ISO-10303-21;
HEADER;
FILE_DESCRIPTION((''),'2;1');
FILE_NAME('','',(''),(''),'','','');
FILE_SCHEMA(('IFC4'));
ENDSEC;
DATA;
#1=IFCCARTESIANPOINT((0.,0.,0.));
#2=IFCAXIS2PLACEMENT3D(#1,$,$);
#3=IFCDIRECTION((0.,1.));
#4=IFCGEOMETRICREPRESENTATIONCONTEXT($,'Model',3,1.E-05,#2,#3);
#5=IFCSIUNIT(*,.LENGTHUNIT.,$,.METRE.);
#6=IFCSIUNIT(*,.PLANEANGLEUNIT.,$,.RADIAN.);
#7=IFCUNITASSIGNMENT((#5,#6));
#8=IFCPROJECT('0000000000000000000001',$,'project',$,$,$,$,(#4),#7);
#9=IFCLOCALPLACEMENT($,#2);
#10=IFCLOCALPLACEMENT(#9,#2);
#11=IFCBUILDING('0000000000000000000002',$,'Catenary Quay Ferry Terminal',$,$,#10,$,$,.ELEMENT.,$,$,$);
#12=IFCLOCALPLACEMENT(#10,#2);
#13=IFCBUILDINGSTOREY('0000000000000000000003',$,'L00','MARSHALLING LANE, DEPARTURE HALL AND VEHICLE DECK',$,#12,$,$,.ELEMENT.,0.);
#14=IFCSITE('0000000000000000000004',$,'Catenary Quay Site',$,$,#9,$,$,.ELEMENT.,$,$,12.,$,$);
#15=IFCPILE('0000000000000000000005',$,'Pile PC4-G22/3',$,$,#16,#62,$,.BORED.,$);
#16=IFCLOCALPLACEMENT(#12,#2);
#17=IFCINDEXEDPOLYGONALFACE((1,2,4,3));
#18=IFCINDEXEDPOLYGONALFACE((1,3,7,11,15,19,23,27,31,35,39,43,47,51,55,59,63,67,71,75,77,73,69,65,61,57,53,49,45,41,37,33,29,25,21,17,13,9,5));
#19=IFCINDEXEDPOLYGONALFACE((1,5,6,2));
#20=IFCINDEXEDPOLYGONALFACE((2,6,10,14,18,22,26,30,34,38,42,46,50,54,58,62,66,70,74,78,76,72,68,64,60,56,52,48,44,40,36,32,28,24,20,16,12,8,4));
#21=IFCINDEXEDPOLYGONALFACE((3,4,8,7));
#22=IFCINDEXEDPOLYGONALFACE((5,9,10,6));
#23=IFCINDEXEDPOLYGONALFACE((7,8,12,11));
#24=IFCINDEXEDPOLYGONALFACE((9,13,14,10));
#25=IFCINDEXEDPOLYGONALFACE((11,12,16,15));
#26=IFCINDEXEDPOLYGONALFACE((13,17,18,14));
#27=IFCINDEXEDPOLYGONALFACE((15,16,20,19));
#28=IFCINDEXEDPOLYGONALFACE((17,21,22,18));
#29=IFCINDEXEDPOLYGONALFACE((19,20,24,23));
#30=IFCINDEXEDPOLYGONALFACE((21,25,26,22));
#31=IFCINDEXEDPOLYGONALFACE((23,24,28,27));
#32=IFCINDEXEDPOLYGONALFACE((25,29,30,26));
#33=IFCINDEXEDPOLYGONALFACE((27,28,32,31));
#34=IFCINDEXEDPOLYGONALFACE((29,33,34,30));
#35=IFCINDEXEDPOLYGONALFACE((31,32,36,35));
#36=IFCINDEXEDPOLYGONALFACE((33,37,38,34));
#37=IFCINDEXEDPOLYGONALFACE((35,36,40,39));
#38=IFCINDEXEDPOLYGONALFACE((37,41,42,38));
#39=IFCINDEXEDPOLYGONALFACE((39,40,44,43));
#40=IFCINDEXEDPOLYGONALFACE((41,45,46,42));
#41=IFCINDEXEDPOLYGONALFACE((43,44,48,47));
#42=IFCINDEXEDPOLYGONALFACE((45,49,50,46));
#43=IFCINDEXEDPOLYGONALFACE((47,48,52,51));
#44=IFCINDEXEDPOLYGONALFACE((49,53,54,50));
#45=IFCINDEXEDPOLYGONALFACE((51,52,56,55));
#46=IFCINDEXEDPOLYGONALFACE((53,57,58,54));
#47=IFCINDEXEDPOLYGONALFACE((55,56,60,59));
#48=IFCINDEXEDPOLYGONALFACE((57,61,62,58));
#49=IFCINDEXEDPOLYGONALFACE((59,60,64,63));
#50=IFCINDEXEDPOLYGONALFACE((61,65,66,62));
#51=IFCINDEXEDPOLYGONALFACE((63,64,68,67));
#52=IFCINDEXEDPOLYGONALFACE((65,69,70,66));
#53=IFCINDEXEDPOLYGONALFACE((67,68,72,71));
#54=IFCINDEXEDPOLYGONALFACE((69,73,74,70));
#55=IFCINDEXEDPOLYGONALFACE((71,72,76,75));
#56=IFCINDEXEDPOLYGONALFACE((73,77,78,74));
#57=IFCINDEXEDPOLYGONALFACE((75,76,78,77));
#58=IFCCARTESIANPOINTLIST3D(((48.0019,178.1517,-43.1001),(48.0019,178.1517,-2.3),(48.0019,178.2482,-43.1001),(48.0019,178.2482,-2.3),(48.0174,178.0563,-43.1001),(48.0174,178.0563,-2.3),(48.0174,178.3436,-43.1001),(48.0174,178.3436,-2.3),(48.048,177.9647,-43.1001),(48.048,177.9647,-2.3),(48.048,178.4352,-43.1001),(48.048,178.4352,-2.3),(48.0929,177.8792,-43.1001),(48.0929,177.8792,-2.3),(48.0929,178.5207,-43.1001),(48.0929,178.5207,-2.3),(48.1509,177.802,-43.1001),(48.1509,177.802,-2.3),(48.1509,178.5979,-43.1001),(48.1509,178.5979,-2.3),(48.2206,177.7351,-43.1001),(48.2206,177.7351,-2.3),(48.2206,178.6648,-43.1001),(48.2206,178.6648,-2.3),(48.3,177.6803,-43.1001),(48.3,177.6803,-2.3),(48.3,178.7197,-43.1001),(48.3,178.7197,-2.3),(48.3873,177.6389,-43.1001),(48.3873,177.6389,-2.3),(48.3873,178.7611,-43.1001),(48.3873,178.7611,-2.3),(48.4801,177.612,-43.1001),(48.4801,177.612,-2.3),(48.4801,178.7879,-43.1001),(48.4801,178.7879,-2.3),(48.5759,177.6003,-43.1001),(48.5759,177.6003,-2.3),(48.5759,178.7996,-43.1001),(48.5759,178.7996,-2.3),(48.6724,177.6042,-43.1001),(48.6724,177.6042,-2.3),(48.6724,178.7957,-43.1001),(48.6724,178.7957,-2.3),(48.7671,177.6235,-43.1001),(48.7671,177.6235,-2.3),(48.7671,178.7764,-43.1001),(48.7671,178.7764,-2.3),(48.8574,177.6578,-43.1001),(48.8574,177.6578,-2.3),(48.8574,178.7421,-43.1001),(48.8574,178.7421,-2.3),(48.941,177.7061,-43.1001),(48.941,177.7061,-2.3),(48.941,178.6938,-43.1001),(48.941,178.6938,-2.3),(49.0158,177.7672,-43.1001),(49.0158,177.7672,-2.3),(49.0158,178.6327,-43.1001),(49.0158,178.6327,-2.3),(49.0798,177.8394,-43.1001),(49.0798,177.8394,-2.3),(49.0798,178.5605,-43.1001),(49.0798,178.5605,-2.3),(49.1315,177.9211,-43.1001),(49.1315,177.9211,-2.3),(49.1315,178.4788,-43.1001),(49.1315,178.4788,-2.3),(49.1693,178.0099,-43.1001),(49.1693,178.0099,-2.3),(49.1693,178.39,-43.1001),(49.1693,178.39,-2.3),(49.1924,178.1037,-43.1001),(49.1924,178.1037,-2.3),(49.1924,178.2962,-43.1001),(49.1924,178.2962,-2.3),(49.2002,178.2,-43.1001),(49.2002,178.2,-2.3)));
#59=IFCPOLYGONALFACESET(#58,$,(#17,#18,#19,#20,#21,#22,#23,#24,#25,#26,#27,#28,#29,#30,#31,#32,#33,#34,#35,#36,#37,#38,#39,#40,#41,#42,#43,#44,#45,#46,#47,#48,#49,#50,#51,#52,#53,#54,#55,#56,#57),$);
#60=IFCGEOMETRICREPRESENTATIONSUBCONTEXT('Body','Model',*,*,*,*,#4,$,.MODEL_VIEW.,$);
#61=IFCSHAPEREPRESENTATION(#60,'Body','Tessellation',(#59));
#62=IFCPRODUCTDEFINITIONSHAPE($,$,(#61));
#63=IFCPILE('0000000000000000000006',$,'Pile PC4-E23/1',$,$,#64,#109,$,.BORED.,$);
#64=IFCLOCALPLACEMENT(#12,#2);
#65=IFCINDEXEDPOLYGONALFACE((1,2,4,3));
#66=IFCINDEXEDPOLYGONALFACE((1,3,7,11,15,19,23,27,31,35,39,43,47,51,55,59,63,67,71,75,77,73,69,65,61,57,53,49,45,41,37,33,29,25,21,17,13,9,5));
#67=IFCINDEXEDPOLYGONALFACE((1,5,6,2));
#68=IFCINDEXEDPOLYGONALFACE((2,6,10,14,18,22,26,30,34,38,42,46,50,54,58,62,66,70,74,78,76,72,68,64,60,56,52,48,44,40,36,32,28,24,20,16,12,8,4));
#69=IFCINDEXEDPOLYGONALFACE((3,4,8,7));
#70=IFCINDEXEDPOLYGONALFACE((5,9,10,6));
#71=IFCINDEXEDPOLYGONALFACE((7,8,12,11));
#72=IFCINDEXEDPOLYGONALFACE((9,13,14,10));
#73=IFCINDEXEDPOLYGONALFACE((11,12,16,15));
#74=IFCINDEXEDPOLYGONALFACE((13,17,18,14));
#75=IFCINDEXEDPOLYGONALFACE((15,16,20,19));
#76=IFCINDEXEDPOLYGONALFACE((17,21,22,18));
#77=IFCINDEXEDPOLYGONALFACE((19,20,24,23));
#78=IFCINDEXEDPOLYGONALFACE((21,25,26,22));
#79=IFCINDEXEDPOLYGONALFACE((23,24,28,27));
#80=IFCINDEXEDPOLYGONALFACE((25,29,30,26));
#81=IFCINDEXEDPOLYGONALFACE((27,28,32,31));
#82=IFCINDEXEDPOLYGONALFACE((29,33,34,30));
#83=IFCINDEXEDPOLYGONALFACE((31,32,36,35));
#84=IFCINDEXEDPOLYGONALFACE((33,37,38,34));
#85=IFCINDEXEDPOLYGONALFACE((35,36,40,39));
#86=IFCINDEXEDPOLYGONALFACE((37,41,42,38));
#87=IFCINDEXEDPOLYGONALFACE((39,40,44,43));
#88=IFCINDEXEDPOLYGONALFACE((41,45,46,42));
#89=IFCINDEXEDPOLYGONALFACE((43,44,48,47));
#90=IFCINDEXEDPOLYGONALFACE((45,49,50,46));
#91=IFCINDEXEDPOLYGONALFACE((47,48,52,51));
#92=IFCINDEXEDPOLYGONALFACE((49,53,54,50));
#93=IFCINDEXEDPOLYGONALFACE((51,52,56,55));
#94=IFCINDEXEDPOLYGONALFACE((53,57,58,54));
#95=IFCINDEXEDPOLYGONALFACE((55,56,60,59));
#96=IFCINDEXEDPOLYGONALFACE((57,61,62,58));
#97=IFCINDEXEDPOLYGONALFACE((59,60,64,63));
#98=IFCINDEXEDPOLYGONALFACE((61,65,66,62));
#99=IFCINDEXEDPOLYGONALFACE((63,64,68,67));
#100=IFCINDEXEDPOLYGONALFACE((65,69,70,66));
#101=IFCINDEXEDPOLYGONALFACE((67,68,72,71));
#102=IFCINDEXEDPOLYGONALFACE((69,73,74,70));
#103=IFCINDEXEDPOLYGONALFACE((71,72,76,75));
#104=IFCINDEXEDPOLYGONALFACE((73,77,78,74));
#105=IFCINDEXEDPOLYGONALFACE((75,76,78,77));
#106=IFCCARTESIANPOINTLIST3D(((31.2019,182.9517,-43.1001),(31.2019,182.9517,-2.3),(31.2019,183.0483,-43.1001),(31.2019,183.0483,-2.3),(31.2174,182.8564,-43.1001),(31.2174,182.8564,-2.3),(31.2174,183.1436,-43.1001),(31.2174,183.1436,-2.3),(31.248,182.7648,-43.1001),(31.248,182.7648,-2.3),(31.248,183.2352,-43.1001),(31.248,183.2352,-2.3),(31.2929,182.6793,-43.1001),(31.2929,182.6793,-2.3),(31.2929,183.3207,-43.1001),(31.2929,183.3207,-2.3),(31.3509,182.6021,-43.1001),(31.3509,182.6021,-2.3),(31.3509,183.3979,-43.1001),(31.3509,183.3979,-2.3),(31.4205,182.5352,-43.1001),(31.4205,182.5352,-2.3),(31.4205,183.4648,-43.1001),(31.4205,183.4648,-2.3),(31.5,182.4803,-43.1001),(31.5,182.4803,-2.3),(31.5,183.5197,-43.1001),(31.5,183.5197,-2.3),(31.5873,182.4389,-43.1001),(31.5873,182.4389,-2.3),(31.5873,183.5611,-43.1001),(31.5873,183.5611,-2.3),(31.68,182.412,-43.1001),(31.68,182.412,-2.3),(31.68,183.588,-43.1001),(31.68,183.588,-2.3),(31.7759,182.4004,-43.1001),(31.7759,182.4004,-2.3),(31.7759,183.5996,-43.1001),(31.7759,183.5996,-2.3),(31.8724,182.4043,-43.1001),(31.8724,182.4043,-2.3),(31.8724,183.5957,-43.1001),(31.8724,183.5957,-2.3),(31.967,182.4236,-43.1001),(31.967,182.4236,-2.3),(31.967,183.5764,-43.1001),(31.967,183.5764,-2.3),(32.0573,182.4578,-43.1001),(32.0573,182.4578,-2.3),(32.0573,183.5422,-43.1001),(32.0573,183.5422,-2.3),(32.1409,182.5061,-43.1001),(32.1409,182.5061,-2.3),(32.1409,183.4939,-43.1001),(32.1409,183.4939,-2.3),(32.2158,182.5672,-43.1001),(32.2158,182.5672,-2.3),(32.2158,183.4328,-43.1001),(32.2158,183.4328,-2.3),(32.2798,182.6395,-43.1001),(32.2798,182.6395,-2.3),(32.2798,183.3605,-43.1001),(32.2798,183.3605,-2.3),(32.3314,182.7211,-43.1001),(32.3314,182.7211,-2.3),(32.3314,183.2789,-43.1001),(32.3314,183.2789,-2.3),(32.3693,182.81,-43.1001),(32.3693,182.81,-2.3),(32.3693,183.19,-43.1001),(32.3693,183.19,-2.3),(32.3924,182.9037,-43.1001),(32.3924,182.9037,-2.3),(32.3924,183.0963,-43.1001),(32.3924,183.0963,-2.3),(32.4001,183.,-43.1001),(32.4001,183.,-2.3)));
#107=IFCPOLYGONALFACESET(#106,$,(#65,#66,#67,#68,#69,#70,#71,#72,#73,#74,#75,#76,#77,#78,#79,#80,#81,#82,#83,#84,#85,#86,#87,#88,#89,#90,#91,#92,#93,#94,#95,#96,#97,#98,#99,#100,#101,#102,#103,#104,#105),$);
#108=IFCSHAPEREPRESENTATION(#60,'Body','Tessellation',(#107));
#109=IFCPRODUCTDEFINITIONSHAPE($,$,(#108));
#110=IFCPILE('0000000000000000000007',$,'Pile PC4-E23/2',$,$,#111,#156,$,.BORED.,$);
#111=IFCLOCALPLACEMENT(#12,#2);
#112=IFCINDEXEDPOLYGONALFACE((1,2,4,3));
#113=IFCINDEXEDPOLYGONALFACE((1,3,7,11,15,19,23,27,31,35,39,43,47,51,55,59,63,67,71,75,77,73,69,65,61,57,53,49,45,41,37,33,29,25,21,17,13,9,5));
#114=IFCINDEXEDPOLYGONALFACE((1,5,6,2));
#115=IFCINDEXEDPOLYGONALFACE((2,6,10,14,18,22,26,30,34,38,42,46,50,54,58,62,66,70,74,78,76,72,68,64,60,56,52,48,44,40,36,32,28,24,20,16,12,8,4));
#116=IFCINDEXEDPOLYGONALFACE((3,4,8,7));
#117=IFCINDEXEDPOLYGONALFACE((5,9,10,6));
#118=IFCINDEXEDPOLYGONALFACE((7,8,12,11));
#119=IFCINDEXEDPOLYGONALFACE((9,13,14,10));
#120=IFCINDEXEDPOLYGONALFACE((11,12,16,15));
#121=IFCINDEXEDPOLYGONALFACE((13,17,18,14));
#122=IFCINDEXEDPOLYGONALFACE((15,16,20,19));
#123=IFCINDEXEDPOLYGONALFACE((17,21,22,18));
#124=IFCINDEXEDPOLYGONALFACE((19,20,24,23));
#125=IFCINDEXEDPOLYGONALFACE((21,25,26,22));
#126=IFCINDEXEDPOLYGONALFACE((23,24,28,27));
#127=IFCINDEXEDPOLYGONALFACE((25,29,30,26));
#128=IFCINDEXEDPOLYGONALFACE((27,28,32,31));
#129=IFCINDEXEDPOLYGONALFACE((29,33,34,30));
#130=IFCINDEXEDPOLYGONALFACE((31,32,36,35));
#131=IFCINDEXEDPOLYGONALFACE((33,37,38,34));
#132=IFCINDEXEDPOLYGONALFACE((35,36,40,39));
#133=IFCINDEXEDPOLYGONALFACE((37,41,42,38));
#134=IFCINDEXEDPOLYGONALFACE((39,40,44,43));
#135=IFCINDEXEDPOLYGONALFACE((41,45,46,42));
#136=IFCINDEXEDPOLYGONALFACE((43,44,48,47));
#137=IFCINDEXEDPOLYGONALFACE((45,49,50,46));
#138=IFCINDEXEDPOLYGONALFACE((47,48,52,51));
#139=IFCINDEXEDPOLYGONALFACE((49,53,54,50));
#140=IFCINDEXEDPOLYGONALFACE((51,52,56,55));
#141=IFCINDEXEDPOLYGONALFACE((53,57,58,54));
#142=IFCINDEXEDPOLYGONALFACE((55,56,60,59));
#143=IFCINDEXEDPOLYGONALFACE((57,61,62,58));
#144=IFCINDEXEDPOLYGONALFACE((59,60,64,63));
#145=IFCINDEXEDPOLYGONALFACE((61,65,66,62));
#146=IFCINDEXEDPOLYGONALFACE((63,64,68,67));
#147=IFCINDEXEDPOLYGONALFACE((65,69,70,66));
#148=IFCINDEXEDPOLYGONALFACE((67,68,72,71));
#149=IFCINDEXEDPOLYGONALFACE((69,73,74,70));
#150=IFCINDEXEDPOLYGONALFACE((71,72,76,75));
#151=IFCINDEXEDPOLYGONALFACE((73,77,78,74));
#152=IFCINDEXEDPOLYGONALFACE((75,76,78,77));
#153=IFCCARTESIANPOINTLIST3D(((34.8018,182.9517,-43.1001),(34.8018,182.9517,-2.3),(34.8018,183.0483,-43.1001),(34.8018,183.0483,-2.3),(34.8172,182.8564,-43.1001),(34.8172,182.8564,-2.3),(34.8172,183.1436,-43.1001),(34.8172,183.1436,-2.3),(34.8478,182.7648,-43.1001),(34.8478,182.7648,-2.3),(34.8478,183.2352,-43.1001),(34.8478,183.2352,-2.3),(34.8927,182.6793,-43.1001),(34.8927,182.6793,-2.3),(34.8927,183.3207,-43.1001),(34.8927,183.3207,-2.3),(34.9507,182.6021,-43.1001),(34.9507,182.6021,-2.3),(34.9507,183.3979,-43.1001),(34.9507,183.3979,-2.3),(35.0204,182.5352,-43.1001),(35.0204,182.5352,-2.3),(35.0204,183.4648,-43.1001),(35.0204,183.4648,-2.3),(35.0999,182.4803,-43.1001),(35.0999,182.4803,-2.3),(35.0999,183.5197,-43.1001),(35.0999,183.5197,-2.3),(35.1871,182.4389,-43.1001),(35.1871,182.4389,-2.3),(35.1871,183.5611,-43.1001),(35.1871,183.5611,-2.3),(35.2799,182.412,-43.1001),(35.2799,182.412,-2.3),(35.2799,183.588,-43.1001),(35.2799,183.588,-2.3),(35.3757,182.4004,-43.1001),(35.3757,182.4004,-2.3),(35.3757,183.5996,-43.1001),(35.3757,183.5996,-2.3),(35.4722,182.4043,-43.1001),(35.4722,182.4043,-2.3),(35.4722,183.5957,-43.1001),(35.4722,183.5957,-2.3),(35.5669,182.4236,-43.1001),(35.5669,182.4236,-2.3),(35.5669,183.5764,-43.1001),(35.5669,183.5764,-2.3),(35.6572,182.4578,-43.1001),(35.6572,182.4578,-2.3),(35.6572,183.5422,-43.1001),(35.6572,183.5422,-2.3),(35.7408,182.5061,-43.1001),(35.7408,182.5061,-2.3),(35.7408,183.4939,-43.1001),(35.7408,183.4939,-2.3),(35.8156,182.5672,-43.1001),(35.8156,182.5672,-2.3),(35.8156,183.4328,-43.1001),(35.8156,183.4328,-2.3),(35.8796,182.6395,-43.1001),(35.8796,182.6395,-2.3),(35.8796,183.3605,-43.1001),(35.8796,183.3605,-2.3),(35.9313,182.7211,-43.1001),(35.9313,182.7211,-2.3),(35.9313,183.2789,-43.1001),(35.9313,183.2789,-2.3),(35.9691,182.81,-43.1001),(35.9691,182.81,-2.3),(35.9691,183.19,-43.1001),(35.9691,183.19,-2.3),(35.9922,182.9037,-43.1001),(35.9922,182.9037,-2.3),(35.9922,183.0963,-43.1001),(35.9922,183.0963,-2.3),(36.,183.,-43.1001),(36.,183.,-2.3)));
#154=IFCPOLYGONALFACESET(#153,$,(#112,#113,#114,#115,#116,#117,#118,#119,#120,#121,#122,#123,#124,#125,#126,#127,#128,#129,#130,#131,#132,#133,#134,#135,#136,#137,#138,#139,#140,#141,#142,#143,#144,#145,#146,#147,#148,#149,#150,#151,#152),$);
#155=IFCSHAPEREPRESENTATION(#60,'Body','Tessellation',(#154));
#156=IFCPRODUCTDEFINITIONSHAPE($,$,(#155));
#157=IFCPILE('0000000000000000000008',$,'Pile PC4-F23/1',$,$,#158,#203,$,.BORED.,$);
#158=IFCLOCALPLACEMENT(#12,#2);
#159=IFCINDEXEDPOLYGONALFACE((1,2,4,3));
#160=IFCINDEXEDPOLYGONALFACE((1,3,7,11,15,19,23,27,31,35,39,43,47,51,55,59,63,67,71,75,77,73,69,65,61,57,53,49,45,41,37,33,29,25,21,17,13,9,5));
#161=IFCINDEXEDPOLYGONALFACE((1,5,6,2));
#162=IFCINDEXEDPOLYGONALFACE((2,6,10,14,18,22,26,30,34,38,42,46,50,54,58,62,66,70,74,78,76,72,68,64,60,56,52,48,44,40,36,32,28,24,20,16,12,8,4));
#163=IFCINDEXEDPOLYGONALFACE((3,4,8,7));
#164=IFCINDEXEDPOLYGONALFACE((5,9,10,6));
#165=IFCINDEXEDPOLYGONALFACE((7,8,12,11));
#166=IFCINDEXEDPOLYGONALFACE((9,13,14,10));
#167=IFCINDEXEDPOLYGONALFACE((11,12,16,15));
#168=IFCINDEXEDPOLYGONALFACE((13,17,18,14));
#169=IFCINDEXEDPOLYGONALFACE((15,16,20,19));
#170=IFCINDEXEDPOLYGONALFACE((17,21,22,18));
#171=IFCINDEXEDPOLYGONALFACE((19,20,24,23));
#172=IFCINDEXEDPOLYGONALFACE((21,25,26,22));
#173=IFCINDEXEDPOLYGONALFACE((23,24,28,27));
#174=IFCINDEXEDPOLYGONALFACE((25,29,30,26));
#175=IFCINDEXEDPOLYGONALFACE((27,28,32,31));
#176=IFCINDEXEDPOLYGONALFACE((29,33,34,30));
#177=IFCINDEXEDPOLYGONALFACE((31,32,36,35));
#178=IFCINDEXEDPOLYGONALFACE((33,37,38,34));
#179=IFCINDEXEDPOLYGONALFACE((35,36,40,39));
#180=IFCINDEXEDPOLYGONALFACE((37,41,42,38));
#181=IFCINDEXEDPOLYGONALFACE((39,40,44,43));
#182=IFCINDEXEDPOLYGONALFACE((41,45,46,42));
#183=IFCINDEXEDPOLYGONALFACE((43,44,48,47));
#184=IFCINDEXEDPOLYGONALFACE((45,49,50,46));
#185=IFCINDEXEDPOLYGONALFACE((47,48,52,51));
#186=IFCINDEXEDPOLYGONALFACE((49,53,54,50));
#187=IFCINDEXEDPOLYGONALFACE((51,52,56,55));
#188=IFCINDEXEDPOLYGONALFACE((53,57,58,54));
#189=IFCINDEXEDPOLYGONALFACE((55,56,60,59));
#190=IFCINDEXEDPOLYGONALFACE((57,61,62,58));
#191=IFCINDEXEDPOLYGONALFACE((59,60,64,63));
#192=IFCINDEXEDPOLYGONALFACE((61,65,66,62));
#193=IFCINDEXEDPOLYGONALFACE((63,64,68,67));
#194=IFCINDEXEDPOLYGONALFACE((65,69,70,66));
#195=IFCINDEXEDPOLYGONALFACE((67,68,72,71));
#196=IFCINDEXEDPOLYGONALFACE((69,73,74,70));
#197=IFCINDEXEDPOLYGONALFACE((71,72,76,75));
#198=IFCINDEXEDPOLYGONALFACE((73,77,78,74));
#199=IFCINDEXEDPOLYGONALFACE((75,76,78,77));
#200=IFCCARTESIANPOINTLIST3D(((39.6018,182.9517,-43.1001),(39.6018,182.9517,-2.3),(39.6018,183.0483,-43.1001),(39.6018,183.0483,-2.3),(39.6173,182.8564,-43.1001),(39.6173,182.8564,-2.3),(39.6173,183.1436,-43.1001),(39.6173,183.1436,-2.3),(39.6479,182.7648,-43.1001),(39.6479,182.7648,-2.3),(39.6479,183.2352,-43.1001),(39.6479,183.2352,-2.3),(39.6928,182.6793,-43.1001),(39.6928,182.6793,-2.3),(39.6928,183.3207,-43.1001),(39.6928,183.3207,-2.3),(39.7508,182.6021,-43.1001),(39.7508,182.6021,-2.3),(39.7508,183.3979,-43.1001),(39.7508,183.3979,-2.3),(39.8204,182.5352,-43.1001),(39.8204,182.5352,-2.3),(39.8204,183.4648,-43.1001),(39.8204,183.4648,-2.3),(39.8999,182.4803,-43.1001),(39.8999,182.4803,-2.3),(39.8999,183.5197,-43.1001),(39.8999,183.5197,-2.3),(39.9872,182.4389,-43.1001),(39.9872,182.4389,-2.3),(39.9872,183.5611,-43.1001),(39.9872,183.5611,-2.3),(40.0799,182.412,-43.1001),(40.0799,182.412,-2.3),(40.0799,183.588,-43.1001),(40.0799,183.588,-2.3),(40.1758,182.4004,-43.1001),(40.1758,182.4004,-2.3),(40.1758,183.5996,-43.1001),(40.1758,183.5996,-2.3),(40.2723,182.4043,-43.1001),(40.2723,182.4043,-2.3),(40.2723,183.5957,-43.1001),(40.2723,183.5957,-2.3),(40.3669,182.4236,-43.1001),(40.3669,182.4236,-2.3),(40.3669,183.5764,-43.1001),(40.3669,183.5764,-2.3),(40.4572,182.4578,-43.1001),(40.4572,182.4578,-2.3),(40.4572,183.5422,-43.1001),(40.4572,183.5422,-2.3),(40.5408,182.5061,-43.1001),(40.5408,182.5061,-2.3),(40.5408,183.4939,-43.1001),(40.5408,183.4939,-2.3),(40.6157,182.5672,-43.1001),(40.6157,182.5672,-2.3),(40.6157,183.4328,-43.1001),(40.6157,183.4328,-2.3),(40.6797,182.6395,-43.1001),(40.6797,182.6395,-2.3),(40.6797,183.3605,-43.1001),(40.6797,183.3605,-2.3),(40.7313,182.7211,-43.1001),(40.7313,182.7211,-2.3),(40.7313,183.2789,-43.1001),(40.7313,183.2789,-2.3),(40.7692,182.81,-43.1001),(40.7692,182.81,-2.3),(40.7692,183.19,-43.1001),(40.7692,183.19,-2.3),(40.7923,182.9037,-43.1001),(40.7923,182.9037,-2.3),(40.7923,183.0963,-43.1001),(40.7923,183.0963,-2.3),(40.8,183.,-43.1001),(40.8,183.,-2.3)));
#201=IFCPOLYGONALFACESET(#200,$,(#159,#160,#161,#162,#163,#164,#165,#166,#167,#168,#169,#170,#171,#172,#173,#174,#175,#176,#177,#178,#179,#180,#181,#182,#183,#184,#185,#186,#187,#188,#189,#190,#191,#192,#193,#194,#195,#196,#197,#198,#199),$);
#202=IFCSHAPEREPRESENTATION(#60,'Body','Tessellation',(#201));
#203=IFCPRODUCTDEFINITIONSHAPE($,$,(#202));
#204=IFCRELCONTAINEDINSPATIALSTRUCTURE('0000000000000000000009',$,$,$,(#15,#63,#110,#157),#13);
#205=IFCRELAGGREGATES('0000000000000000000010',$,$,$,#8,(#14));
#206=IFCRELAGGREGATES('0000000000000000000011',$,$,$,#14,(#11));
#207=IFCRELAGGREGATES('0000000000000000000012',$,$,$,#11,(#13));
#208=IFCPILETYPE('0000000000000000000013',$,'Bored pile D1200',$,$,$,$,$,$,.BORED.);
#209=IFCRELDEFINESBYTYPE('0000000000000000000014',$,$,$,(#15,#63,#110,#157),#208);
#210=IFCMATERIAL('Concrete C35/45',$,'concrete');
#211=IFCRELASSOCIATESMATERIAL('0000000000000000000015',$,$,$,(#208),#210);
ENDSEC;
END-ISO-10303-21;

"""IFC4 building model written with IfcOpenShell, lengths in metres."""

from ifc_helpers import new_model, si_unit, direction, frame, origin, origin_2d, place, context, subcontext, project, spatial, circle, extrude, material, material_profile, profile_set, type_object, element, save


model = new_model("IFC4")

# Units and contexts
model_context = context("Model", 3, precision=1e-05, world=origin(), true_north=direction((0.0, 1.0)))
body_context = subcontext(model_context, "Body", "Model", "MODEL_VIEW")
ifc_project = project(units=[si_unit("LENGTHUNIT", "METRE"), si_unit("PLANEANGLEUNIT", "RADIAN")], contexts=[model_context])

# Site, building, storey
site_placement = place(None, origin())
site = spatial("IfcSite", under=ifc_project, at=site_placement, Name="Catenary Quay Site", CompositionType="ELEMENT", RefElevation=12.0)
building_placement = place(site_placement, origin())
building = spatial("IfcBuilding", under=site, at=building_placement, Name="Catenary Quay Ferry Terminal", CompositionType="ELEMENT")
storey_placement = place(building_placement, origin())
storey = spatial("IfcBuildingStorey", under=building, at=storey_placement, Name="L00", Description="MARSHALLING LANE, DEPARTURE HALL AND VEHICLE DECK", CompositionType="ELEMENT", Elevation=0.0)

# Piles
ifc_material_1 = material(Name="Concrete C35/45", Category="concrete")
ifc_material_profile_1 = material_profile(ifc_material_1, circle(Radius=0.6001, at=origin_2d()), Name="D1200")
ifc_profile_set_1 = profile_set([ifc_material_profile_1], Name="Concrete C35/45")
pile_type = type_object("IfcPileType", Name="Bored pile D1200", PredefinedType="BORED", material=ifc_profile_set_1)
for number, where, z_axis, x_axis, name in (
    (1, (48.6001, 178.2, -2.3), (0.0, 0.0, -1.0), (1.0, 0.0, 0.0), "Pile PC4-G22/3"),
    (2, (31.8, 183.0, -2.3), (0.0, 0.0, -1.0), (1.0, 0.0, 0.0), "Pile PC4-E23/1"),
    (3, (35.3999, 183.0, -2.3), (0.0, 0.0, -1.0), (1.0, 0.0, 0.0), "Pile PC4-E23/2"),
    (4, (40.2, 183.0, -2.3), (0.0, 0.0, -1.0), (1.0, 0.0, 0.0), "Pile PC4-F23/1"),
):
    element("IfcPile", number, at=place(storey_placement, frame(where, z_axis=z_axis, x_axis=x_axis)), inside=storey, type_object=pile_type, Name=name, PredefinedType="BORED", context=body_context, shape_type="SweptSolid", body=[
        extrude(circle(Radius=0.6001, at=origin_2d()), origin(), (0.0, 0.0, 1.0), 40.8),
    ])

save(model, "model.ifc")
